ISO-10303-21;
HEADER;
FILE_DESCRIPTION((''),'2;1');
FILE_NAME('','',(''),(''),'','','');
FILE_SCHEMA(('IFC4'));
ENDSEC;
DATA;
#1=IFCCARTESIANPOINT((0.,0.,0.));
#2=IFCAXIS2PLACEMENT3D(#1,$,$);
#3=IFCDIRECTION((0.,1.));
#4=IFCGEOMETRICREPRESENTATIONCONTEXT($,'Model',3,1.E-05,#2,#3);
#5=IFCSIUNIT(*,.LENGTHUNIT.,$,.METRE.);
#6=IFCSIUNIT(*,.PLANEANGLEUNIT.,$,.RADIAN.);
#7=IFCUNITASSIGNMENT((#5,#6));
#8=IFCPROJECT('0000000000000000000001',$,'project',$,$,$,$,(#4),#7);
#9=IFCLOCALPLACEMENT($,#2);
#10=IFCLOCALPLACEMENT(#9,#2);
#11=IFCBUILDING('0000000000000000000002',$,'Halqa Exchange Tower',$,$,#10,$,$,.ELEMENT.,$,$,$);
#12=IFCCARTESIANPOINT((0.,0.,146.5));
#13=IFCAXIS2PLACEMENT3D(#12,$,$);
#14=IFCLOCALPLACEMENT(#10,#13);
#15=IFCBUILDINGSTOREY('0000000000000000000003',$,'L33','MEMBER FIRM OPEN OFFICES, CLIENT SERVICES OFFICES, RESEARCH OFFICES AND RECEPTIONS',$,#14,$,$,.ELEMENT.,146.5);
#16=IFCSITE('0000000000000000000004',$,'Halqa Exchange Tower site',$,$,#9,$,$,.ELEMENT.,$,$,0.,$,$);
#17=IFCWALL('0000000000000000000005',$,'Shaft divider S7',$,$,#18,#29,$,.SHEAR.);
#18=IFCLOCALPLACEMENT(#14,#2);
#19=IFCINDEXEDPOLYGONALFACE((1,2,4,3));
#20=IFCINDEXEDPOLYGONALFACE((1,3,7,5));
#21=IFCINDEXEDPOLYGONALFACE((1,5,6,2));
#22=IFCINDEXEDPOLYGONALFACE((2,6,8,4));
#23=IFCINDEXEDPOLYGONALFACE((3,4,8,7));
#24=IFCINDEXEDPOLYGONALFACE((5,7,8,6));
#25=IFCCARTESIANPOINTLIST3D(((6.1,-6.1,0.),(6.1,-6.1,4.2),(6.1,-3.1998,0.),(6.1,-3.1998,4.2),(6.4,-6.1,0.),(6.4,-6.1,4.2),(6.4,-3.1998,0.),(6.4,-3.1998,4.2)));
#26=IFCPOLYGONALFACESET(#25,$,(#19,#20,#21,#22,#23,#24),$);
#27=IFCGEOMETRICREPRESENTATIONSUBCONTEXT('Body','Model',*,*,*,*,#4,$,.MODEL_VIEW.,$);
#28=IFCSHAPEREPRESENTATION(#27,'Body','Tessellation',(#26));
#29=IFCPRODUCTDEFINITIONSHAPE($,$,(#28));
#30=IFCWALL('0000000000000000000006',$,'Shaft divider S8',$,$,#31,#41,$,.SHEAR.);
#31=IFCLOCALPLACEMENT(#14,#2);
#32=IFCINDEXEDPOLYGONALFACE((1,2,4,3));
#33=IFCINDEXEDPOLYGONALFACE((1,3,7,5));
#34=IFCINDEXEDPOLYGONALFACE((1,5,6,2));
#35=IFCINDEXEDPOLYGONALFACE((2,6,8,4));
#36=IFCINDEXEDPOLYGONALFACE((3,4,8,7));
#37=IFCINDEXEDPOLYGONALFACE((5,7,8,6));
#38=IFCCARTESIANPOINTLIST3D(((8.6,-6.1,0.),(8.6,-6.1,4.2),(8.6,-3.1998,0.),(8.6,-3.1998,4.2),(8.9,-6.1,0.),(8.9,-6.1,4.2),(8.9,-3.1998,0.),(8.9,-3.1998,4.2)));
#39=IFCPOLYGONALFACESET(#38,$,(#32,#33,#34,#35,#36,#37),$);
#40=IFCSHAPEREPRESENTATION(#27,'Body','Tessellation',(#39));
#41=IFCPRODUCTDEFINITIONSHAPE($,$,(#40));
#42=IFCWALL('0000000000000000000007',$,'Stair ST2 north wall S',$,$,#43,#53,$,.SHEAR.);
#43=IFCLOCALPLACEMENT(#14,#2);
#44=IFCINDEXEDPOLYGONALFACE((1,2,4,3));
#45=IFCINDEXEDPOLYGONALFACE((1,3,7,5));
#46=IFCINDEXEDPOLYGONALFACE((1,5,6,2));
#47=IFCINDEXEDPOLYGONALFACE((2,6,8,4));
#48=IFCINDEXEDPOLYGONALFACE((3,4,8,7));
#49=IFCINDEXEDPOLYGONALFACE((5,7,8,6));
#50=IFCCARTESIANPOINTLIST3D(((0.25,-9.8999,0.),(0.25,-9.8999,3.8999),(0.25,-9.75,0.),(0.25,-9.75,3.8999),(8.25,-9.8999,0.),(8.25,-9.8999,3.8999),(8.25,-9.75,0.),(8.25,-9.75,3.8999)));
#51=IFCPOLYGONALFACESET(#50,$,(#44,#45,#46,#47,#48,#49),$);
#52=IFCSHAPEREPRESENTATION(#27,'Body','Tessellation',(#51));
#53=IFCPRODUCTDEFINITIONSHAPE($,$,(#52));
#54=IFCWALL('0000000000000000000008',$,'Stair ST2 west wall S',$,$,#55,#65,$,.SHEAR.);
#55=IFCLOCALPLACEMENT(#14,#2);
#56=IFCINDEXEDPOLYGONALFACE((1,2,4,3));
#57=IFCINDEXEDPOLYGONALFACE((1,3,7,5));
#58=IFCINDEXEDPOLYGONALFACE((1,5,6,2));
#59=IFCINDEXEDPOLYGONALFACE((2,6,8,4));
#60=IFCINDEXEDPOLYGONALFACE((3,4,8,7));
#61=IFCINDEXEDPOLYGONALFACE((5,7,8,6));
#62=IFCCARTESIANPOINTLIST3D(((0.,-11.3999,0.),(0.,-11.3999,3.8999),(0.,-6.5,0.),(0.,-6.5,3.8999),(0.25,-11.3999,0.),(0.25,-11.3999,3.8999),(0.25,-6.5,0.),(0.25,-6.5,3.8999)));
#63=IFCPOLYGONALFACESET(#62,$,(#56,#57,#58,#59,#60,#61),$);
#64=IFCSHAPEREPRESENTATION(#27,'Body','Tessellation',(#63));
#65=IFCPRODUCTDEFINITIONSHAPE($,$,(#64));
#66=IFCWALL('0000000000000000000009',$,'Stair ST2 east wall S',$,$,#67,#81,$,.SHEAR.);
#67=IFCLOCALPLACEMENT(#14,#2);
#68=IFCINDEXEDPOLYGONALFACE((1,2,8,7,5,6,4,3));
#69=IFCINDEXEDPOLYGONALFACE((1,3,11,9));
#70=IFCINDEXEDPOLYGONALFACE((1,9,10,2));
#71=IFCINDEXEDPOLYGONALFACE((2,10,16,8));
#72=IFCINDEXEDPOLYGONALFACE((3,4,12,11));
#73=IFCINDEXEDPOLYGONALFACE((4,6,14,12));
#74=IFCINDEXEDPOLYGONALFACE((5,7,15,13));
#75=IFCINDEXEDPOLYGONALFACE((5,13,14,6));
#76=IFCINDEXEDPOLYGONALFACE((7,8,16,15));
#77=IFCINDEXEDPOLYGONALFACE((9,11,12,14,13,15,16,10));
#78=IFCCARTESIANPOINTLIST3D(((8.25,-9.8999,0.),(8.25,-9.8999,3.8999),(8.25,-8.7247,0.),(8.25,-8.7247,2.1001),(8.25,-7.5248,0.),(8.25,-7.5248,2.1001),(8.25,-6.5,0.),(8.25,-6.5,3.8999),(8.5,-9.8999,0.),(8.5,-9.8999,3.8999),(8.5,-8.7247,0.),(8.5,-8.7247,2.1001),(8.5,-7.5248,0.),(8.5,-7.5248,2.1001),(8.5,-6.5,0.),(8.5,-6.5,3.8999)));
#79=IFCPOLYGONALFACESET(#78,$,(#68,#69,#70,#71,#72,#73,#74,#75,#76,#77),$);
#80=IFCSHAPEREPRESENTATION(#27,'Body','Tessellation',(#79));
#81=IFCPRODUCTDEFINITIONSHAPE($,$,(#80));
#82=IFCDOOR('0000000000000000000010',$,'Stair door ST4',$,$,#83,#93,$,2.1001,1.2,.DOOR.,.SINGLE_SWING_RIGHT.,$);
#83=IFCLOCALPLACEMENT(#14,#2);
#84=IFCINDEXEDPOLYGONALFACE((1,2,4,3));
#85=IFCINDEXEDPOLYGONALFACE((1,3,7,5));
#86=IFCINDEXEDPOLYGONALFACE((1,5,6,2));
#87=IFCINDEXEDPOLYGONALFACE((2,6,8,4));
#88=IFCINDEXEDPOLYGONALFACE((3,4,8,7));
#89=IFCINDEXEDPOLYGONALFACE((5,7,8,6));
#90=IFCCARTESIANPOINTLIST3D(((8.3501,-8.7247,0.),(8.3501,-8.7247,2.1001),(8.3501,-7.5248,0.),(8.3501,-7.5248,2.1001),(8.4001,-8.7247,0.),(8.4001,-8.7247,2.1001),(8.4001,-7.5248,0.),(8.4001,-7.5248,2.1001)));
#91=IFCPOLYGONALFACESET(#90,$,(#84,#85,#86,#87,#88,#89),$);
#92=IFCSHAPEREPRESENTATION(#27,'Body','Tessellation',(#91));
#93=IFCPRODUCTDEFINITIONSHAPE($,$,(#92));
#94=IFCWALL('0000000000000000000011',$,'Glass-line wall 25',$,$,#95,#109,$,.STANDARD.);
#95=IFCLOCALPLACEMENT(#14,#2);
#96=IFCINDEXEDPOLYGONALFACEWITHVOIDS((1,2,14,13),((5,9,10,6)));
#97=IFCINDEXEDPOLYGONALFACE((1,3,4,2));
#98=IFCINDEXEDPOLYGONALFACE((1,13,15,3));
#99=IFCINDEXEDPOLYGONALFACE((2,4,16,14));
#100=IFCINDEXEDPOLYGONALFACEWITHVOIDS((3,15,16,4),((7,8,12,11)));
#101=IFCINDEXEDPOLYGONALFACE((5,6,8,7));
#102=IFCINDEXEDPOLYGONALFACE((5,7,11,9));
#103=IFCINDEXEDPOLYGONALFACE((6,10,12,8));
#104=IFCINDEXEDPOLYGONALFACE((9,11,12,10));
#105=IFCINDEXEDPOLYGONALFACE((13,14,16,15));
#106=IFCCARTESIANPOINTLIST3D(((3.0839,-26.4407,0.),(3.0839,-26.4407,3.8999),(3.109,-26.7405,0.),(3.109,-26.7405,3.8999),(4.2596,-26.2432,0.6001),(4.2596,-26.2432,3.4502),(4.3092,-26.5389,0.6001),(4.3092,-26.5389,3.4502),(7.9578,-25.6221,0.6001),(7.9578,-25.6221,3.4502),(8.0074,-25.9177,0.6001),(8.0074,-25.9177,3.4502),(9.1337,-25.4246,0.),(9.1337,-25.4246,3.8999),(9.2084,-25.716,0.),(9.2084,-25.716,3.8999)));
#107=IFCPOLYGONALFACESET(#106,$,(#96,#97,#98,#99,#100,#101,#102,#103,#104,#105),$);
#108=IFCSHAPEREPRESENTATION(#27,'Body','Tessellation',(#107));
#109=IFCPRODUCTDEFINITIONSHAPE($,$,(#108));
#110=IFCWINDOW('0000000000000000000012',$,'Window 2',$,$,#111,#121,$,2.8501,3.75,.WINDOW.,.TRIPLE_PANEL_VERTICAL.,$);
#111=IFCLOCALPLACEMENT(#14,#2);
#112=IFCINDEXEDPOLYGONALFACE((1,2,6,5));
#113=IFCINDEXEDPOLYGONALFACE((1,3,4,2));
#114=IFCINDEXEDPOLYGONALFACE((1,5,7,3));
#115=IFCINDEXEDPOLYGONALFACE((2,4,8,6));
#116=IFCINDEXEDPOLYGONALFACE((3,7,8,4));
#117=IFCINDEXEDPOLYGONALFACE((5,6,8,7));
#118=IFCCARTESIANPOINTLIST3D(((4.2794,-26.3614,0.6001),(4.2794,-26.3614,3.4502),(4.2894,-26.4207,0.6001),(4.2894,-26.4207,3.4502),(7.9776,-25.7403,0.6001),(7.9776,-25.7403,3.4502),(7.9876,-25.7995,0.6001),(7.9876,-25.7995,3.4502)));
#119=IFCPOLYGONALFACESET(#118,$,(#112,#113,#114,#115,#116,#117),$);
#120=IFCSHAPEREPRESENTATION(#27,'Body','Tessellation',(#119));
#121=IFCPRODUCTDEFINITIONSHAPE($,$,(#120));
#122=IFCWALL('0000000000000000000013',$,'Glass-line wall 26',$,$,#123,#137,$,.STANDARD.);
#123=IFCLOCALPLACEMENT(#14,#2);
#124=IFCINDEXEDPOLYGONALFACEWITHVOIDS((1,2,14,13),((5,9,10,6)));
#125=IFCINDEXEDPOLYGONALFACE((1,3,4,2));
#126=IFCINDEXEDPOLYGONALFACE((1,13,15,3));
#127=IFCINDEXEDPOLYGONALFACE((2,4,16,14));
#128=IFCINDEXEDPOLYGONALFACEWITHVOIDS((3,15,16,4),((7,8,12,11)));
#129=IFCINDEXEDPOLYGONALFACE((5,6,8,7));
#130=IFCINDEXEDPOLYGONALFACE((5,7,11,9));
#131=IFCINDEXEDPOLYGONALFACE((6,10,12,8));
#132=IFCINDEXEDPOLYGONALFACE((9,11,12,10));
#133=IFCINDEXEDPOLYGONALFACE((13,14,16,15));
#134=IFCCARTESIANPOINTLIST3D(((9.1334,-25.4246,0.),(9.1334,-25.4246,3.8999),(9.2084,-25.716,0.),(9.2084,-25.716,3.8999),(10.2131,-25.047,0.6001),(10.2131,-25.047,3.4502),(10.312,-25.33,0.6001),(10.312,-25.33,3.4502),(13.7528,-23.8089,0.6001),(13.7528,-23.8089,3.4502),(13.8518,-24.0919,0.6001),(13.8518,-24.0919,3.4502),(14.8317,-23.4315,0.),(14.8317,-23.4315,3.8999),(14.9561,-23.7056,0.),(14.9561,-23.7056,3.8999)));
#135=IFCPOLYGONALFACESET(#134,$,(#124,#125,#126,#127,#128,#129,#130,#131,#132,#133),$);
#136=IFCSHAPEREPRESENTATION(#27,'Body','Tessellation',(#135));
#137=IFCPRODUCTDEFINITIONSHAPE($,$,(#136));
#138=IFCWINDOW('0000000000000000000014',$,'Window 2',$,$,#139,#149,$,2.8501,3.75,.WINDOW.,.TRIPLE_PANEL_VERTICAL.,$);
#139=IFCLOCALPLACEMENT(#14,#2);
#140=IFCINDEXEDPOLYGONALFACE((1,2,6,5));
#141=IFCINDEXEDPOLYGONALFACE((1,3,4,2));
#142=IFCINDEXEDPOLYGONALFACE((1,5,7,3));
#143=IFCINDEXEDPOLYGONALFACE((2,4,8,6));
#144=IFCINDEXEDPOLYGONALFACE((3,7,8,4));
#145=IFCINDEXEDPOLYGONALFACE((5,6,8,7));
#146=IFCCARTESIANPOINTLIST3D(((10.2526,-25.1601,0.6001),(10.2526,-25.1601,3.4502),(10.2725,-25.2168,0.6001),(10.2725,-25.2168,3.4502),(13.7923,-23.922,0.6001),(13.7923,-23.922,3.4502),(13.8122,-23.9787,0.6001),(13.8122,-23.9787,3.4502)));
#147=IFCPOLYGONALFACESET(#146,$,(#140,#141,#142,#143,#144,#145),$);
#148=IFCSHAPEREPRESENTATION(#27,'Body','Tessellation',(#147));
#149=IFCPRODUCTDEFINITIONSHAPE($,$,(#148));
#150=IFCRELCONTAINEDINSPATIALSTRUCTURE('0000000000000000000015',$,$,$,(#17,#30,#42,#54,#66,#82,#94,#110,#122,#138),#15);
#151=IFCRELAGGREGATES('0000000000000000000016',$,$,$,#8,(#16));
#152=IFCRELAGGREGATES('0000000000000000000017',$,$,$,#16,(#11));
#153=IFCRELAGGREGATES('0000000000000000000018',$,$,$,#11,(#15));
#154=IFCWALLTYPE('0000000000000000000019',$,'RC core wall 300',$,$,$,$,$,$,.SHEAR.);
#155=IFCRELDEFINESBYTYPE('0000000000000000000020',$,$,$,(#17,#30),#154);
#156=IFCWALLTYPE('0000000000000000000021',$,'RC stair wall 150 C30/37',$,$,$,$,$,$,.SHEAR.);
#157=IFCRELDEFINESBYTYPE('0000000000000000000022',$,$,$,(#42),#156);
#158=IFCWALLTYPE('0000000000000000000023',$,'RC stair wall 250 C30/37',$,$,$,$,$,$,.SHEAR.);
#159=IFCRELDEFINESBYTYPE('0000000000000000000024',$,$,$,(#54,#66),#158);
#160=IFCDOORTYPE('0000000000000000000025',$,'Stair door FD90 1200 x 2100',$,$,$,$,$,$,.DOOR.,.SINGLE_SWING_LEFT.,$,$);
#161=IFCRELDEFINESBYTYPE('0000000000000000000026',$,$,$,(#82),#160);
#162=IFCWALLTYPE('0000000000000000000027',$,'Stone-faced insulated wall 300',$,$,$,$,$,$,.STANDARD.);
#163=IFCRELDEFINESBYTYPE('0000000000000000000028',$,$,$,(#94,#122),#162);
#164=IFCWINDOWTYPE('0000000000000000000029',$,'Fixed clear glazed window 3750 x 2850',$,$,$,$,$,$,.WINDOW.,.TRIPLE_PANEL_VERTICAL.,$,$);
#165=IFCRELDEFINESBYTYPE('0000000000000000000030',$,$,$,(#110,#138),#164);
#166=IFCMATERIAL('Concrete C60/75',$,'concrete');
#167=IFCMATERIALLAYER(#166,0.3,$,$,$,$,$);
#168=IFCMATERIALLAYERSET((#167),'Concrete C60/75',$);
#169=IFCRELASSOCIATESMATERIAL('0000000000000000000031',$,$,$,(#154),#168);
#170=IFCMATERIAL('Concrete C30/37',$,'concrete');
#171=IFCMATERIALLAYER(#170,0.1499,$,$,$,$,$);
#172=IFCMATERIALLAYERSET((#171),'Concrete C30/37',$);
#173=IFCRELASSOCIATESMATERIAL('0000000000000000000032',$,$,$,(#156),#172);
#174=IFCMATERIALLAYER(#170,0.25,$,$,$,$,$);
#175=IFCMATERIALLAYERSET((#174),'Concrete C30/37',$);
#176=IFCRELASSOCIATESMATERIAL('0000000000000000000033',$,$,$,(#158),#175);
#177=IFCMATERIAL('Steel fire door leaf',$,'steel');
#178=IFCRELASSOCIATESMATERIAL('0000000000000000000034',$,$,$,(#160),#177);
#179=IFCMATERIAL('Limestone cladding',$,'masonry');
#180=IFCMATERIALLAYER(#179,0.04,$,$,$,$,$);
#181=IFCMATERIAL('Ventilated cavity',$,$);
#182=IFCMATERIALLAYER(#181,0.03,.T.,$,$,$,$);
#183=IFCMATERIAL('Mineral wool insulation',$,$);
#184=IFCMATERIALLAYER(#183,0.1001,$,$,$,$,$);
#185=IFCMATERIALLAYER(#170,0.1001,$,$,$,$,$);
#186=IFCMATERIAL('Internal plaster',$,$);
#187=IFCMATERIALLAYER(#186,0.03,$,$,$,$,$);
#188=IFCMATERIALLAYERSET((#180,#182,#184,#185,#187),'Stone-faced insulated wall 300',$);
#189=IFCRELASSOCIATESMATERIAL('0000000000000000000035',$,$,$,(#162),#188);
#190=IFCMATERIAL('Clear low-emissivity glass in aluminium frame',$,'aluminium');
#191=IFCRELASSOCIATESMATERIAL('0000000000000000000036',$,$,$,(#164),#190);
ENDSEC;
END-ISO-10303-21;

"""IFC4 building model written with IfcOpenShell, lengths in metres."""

from ifc_helpers import new_model, si_unit, direction, frame, frame_2d, origin, place, context, subcontext, project, spatial, polyline, rectangle, outline, extrude, material, layer, layer_set, type_object, element, fill, save


model = new_model("IFC4")

# Units and contexts
model_context = context("Model", 3, precision=1e-05, world=origin(), true_north=direction((0.0, 1.0)))
body_context = subcontext(model_context, "Body", "Model", "MODEL_VIEW")
ifc_project = project(units=[si_unit("LENGTHUNIT", "METRE"), si_unit("PLANEANGLEUNIT", "RADIAN")], contexts=[model_context])

# Site, building, storey
site_placement = place(None, origin())
site = spatial("IfcSite", under=ifc_project, at=site_placement, Name="Halqa Exchange Tower site", CompositionType="ELEMENT", RefElevation=0.0)
building_placement = place(site_placement, origin())
building = spatial("IfcBuilding", under=site, at=building_placement, Name="Halqa Exchange Tower", CompositionType="ELEMENT")
storey_placement = place(building_placement, frame((0.0, 0.0, 146.5)))
storey = spatial("IfcBuildingStorey", under=building, at=storey_placement, Name="L33", Description="MEMBER FIRM OPEN OFFICES, CLIENT SERVICES OFFICES, RESEARCH OFFICES AND RECEPTIONS", CompositionType="ELEMENT", Elevation=146.5)

# Shared definitions
ifc_material_1 = material(Name="Concrete C60/75", Category="concrete")

# Walls
ifc_layer_1 = layer(ifc_material_1, 0.3)
ifc_layer_set_1 = layer_set([ifc_layer_1], Name="Concrete C60/75")
wall_type_1 = type_object("IfcWallType", Name="RC core wall 300", PredefinedType="SHEAR", material=ifc_layer_set_1)
for number, where, z_axis, x_axis, name in (
    (1, (6.25, -6.1001, 0.0), (0.0, 0.0, 1.0), (0.0, 1.0, 0.0), "Shaft divider S7"),
    (2, (8.75, -6.1001, 0.0), (0.0, 0.0, 1.0), (0.0, 1.0, 0.0), "Shaft divider S8"),
):
    element("IfcWall", number, at=place(storey_placement, frame(where, z_axis=z_axis, x_axis=x_axis)), inside=storey, type_object=wall_type_1, Name=name, PredefinedType="SHEAR", context=body_context, shape_type="SweptSolid", body=[
        extrude(rectangle(XDim=2.9001, YDim=0.3, at=frame_2d((1.4502, 0.0))), origin(), (0.0, 0.0, 1.0), 4.2),
    ])
ifc_material_2 = material(Name="Concrete C30/37", Category="concrete")
ifc_layer_2 = layer(ifc_material_2, 0.1499)
ifc_layer_set_2 = layer_set([ifc_layer_2], Name="Concrete C30/37")
wall_type_2 = type_object("IfcWallType", Name="RC stair wall 150 C30/37", PredefinedType="SHEAR", material=ifc_layer_set_2)
wall_1_placement = place(storey_placement, frame((0.25, -9.825, 0.0), z_axis=(0.0, 0.0, 1.0), x_axis=(1.0, 0.0, 0.0)))
element("IfcWall", 3, at=wall_1_placement, inside=storey, type_object=wall_type_2, Name="Stair ST2 north wall S", PredefinedType="SHEAR", context=body_context, shape_type="SweptSolid", body=[
    extrude(rectangle(XDim=8.0, YDim=0.1499, at=frame_2d((4.0, 0.0))), origin(), (0.0, 0.0, 1.0), 3.8999),
])
ifc_layer_3 = layer(ifc_material_2, 0.25)
ifc_layer_set_3 = layer_set([ifc_layer_3], Name="Concrete C30/37")
wall_type_3 = type_object("IfcWallType", Name="RC stair wall 250 C30/37", PredefinedType="SHEAR", material=ifc_layer_set_3)
wall_2_placement = place(storey_placement, frame((0.125, -11.3999, 0.0), z_axis=(0.0, 0.0, 1.0), x_axis=(0.0, 1.0, 0.0)))
element("IfcWall", 4, at=wall_2_placement, inside=storey, type_object=wall_type_3, Name="Stair ST2 west wall S", PredefinedType="SHEAR", context=body_context, shape_type="SweptSolid", body=[
    extrude(rectangle(XDim=4.8999, YDim=0.25, at=frame_2d((2.45, 0.0))), origin(), (0.0, 0.0, 1.0), 3.8999),
])

# Wall, opening, door
wall_3_placement = place(storey_placement, frame((8.375, -9.8999, 0.0), z_axis=(0.0, 0.0, 1.0), x_axis=(0.0, 1.0, 0.0)))
wall_3 = element("IfcWall", 5, at=wall_3_placement, inside=storey, type_object=wall_type_3, Name="Stair ST2 east wall S", PredefinedType="SHEAR", context=body_context, shape_type="SweptSolid", body=[
    extrude(rectangle(XDim=3.3999, YDim=0.25, at=frame_2d((1.7, 0.0))), origin(), (0.0, 0.0, 1.0), 3.8999),
])
opening_1_placement = place(wall_3_placement, frame((1.175, 0.0, 0.0)))
opening_1 = element("IfcOpeningElement", 6, at=opening_1_placement, cuts=wall_3, PredefinedType="OPENING", context=body_context, shape_type="SweptSolid", body=[
    extrude(rectangle(XDim=1.2, YDim=2.1001, at=frame_2d((0.6001, 1.05))), frame((0.0, 0.137, 0.0), z_axis=(0.0, -1.0, 0.0), x_axis=(1.0, 0.0, 0.0)), (0.0, 0.0, 1.0), 0.2739),
])
ifc_material_3 = material(Name="Steel fire door leaf", Category="steel")
door_type = type_object("IfcDoorType", Name="Stair door FD90 1200 x 2100", OperationType="SINGLE_SWING_LEFT", PredefinedType="DOOR", material=ifc_material_3)
door_placement = place(opening_1_placement, origin())
door = element("IfcDoor", 7, at=door_placement, inside=storey, type_object=door_type, Name="Stair door ST4", OperationType="SINGLE_SWING_RIGHT", OverallHeight=2.1001, OverallWidth=1.2, PredefinedType="DOOR", context=body_context, shape_type="SweptSolid", body=[
    extrude(rectangle(XDim=1.2, YDim=2.1001, at=frame_2d((0.6001, 1.05))), frame((0.0, 0.0249, 0.0), z_axis=(0.0, -1.0, 0.0), x_axis=(1.0, 0.0, 0.0)), (0.0, 0.0, 1.0), 0.05),
])
fill(opening_1, door)

# Walls, openings, windows
ifc_material_4 = material(Name="Limestone cladding", Category="masonry")
ifc_layer_4 = layer(ifc_material_4, 0.04)
ifc_material_5 = material(Name="Ventilated cavity")
ifc_layer_5 = layer(ifc_material_5, 0.03, ventilated=True)
ifc_material_6 = material(Name="Mineral wool insulation")
ifc_layer_6 = layer(ifc_material_6, 0.1001)
ifc_layer_7 = layer(ifc_material_2, 0.1001)
ifc_material_7 = material(Name="Internal plaster")
ifc_layer_8 = layer(ifc_material_7, 0.03)
ifc_layer_set_4 = layer_set([ifc_layer_4, ifc_layer_5, ifc_layer_6, ifc_layer_7, ifc_layer_8], Name="Stone-faced insulated wall 300")
wall_type_4 = type_object("IfcWallType", Name="Stone-faced insulated wall 300", PredefinedType="STANDARD", material=ifc_layer_set_4)
wall_4_placement = place(storey_placement, frame((3.0964, -26.5906, 0.0), z_axis=(0.0, 0.0, 1.0), x_axis=(0.986186, 0.165639, 0.0)))
wall_4 = element("IfcWall", 8, at=wall_4_placement, inside=storey, type_object=wall_type_4, Name="Glass-line wall 25", PredefinedType="STANDARD", context=body_context, shape_type="SweptSolid", body=[
    extrude(outline(polyline([(-0.0125, -0.1499), (6.1724, -0.1499), (6.147, 0.1499), (0.0125, 0.1499), (-0.0125, -0.1499)])), origin(), (0.0, 0.0, 1.0), 3.8999),
])
opening_2_placement = place(wall_4_placement, frame((1.2046, 0.0, 0.6001)))
opening_2 = element("IfcOpeningElement", 9, at=opening_2_placement, cuts=wall_4, PredefinedType="OPENING", context=body_context, shape_type="SweptSolid", body=[
    extrude(rectangle(XDim=3.75, YDim=2.8501, at=frame_2d((1.875, 1.425))), frame((0.0, 0.1621, 0.0), z_axis=(0.0, -1.0, 0.0), x_axis=(1.0, 0.0, 0.0)), (0.0, 0.0, 1.0), 0.324),
])
ifc_material_8 = material(Name="Clear low-emissivity glass in aluminium frame", Category="aluminium")
window_type = type_object("IfcWindowType", Name="Fixed clear glazed window 3750 x 2850", PartitioningType="TRIPLE_PANEL_VERTICAL", PredefinedType="WINDOW", material=ifc_material_8)
window_1_placement = place(opening_2_placement, origin())
window_1 = element("IfcWindow", 10, at=window_1_placement, inside=storey, type_object=window_type, Name="Window 2", OverallHeight=2.8501, OverallWidth=3.75, PartitioningType="TRIPLE_PANEL_VERTICAL", PredefinedType="WINDOW", context=body_context, shape_type="SweptSolid", body=[
    extrude(rectangle(XDim=3.75, YDim=2.8501, at=frame_2d((1.875, 1.425))), frame((0.0, 0.03, 0.0), z_axis=(0.0, -1.0, 0.0), x_axis=(1.0, 0.0, 0.0)), (0.0, 0.0, 1.0), 0.0601),
])
fill(opening_2, window_1)
wall_5_placement = place(storey_placement, frame((9.1709, -25.5703, 0.0), z_axis=(0.0, 0.0, 1.0), x_axis=(0.943926, 0.330158, 0.0)))
wall_5 = element("IfcWall", 11, at=wall_5_placement, inside=storey, type_object=wall_type_4, Name="Glass-line wall 26", PredefinedType="STANDARD", context=body_context, shape_type="SweptSolid", body=[
    extrude(outline(polyline([(-0.0127, -0.1499), (6.0764, -0.1499), (6.0496, 0.1499), (0.0127, 0.1499), (-0.0127, -0.1499)])), origin(), (0.0, 0.0, 1.0), 3.8999),
])
opening_3_placement = place(wall_5_placement, frame((1.1565, 0.0, 0.6001)))
opening_3 = element("IfcOpeningElement", 12, at=opening_3_placement, cuts=wall_5, PredefinedType="OPENING", context=body_context, shape_type="SweptSolid", body=[
    extrude(rectangle(XDim=3.75, YDim=2.8501, at=frame_2d((1.875, 1.425))), frame((0.0, 0.1621, 0.0), z_axis=(0.0, -1.0, 0.0), x_axis=(1.0, 0.0, 0.0)), (0.0, 0.0, 1.0), 0.324),
])
window_2_placement = place(opening_3_placement, origin())
window_2 = element("IfcWindow", 13, at=window_2_placement, inside=storey, type_object=window_type, Name="Window 2", OverallHeight=2.8501, OverallWidth=3.75, PartitioningType="TRIPLE_PANEL_VERTICAL", PredefinedType="WINDOW", context=body_context, shape_type="SweptSolid", body=[
    extrude(rectangle(XDim=3.75, YDim=2.8501, at=frame_2d((1.875, 1.425))), frame((0.0, 0.03, 0.0), z_axis=(0.0, -1.0, 0.0), x_axis=(1.0, 0.0, 0.0)), (0.0, 0.0, 1.0), 0.0601),
])
fill(opening_3, window_2)

save(model, "model.ifc")
